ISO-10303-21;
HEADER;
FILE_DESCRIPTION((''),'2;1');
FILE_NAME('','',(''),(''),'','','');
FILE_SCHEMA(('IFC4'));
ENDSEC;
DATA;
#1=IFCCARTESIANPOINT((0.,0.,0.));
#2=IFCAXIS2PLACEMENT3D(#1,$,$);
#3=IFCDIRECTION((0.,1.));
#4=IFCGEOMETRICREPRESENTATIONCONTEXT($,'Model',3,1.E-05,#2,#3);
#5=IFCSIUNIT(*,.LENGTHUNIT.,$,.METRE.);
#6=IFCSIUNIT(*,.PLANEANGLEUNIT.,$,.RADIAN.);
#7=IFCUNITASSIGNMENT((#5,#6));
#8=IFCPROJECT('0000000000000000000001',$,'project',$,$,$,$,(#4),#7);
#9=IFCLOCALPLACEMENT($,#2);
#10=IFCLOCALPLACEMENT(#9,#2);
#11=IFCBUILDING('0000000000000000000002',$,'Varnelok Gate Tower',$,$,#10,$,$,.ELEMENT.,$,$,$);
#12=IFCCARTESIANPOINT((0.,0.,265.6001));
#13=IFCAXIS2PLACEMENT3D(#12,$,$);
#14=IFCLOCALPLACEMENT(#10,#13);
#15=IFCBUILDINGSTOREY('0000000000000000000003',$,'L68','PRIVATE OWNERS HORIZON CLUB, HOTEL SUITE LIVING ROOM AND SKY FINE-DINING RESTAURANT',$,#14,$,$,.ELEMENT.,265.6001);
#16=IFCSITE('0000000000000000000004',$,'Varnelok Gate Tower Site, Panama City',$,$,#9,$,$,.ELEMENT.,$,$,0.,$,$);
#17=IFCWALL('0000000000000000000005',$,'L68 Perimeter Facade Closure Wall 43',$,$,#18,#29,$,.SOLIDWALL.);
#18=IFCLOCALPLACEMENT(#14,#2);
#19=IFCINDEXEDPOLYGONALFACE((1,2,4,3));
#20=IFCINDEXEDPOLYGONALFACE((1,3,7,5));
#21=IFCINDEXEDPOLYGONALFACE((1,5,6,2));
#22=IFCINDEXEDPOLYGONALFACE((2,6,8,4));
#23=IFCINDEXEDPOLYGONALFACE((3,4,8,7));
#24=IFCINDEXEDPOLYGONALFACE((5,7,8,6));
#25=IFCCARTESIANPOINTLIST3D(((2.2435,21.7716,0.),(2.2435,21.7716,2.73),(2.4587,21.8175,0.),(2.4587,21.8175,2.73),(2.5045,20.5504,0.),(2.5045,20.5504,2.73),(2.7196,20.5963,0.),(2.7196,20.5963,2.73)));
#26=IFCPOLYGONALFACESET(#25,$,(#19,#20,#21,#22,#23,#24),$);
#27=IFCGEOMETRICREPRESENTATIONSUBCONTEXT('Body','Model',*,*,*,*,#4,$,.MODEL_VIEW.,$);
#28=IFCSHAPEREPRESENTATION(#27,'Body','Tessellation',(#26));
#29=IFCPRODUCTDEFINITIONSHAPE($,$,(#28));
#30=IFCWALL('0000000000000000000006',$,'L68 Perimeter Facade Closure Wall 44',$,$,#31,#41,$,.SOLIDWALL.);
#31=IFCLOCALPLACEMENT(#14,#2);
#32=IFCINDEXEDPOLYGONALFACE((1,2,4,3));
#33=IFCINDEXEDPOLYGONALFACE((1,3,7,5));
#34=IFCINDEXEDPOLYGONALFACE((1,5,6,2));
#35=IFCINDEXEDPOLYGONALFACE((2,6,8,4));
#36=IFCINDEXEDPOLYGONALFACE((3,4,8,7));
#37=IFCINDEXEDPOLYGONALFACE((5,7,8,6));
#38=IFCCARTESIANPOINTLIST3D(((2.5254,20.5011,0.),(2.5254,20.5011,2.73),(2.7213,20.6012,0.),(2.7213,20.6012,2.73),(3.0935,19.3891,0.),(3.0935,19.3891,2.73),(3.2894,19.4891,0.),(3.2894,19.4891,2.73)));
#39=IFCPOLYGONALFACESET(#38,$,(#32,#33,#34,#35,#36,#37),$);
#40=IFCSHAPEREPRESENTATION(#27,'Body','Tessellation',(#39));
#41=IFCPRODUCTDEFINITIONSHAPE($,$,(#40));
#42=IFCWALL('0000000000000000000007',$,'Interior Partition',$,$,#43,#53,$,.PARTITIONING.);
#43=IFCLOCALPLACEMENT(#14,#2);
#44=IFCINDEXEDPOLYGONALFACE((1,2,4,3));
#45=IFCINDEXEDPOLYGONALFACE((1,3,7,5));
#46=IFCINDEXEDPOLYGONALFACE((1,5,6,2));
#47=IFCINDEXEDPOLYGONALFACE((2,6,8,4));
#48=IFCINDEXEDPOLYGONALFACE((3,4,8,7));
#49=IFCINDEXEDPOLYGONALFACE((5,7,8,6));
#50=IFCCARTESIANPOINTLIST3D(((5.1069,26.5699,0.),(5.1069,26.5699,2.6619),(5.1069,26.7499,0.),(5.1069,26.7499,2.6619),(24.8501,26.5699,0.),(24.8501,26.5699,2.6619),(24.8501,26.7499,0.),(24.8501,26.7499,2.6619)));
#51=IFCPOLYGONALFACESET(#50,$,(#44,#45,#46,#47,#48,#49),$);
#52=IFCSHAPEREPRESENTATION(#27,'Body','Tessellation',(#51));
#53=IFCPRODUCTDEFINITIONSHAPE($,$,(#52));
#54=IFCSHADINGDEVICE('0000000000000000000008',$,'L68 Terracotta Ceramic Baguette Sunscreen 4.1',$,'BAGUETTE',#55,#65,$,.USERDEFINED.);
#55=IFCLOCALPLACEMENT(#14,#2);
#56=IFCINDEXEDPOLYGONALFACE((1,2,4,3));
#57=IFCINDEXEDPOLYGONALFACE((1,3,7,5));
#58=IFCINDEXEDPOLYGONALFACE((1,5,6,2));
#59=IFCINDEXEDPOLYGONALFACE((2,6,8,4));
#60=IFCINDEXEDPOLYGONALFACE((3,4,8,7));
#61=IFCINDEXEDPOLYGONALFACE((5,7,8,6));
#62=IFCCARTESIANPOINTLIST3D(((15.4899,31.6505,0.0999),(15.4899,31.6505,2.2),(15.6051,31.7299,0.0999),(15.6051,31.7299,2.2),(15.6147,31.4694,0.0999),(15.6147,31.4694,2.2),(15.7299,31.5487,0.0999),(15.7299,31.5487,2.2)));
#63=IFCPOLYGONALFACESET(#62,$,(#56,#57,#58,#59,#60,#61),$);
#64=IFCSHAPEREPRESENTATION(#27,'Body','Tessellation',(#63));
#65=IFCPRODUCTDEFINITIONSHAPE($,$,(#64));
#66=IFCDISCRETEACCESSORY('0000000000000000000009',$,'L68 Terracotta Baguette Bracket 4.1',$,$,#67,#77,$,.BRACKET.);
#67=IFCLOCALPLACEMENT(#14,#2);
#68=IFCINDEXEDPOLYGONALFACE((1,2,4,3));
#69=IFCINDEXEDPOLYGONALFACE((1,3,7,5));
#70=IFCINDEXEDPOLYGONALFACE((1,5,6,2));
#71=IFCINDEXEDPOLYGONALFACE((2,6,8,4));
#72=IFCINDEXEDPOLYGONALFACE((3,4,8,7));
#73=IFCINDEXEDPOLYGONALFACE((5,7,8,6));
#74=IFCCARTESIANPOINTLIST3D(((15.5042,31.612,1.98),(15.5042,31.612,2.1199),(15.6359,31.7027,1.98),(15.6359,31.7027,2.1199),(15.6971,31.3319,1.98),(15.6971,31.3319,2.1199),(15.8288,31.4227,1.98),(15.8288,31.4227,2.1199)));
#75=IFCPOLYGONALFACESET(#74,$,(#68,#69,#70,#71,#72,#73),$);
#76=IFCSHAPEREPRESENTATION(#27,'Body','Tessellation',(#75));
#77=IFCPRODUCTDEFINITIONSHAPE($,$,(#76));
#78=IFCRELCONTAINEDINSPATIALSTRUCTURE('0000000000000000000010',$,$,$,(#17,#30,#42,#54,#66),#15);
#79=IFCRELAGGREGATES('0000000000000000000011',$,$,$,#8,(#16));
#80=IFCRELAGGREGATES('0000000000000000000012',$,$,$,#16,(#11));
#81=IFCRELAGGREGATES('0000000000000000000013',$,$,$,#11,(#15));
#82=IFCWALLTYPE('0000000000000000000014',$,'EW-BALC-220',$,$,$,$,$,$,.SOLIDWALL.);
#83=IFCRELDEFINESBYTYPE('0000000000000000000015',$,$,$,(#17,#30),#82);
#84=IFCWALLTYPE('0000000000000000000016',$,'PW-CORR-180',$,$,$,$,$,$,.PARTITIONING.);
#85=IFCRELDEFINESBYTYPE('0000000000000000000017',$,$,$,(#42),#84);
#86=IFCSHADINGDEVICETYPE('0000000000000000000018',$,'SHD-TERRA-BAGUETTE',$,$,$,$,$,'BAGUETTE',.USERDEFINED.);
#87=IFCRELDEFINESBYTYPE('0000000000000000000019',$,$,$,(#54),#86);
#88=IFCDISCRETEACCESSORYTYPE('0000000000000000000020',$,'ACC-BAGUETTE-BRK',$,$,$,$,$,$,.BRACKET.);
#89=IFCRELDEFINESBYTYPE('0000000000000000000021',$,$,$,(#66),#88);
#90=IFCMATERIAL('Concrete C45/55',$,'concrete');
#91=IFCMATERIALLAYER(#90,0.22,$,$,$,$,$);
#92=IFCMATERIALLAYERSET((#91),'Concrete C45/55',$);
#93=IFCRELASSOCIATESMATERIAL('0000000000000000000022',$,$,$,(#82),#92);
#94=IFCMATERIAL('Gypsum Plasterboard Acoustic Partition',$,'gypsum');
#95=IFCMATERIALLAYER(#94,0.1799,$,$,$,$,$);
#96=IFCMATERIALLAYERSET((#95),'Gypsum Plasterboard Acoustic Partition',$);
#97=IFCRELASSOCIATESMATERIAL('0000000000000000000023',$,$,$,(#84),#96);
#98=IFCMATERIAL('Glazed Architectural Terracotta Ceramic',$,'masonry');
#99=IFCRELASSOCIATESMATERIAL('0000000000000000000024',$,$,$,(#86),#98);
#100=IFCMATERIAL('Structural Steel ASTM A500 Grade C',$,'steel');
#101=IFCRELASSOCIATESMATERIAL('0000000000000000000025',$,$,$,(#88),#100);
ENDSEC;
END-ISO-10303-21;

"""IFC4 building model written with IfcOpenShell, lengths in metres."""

from ifc_helpers import new_model, si_unit, direction, frame, frame_2d, origin, origin_2d, place, context, subcontext, project, spatial, rectangle, extrude, source, transform, mapped, material, layer, layer_set, type_object, element, save


model = new_model("IFC4")

# Units and contexts
model_context = context("Model", 3, precision=1e-05, world=origin(), true_north=direction((0.0, 1.0)))
body_context = subcontext(model_context, "Body", "Model", "MODEL_VIEW")
ifc_project = project(units=[si_unit("LENGTHUNIT", "METRE"), si_unit("PLANEANGLEUNIT", "RADIAN")], contexts=[model_context])

# Site, building, storey
site_placement = place(None, origin())
site = spatial("IfcSite", under=ifc_project, at=site_placement, Name="Varnelok Gate Tower Site, Panama City", CompositionType="ELEMENT", RefElevation=0.0)
building_placement = place(site_placement, origin())
building = spatial("IfcBuilding", under=site, at=building_placement, Name="Varnelok Gate Tower", CompositionType="ELEMENT")
storey_placement = place(building_placement, frame((0.0, 0.0, 265.6001)))
storey = spatial("IfcBuildingStorey", under=building, at=storey_placement, Name="L68", Description="PRIVATE OWNERS HORIZON CLUB, HOTEL SUITE LIVING ROOM AND SKY FINE-DINING RESTAURANT", CompositionType="ELEMENT", Elevation=265.6001)

# Shared definitions
ifc_material_1 = material(Name="Concrete C45/55", Category="concrete")
ifc_layer_1 = layer(ifc_material_1, 0.22)
ifc_layer_set_1 = layer_set([ifc_layer_1], Name="Concrete C45/55")
wall_type_1 = type_object("IfcWallType", Name="EW-BALC-220", PredefinedType="SOLIDWALL", material=ifc_layer_set_1)

# Walls
for number, where, z_axis, x_axis, name in (
    (1, (2.3511, 21.7947, 0.0), (0.0, 0.0, 1.0), (0.208995, -0.977917, 0.0), "L68 Perimeter Facade Closure Wall 43"),
    (2, (2.6233, 20.5513, 0.0), (0.0, 0.0, 1.0), (0.454939, -0.890523, 0.0), "L68 Perimeter Facade Closure Wall 44"),
):
    element("IfcWall", number, at=place(storey_placement, frame(where, z_axis=z_axis, x_axis=x_axis)), inside=storey, type_object=wall_type_1, Name=name, PredefinedType="SOLIDWALL", context=body_context, shape_type="SweptSolid", body=[
        extrude(rectangle(XDim=1.2488, YDim=0.22, at=frame_2d((0.6245, 0.0))), origin(), (0.0, 0.0, 1.0), 2.73),
    ])
ifc_material_2 = material(Name="Gypsum Plasterboard Acoustic Partition", Category="gypsum")
ifc_layer_2 = layer(ifc_material_2, 0.1799)
ifc_layer_set_2 = layer_set([ifc_layer_2], Name="Gypsum Plasterboard Acoustic Partition")
wall_type_2 = type_object("IfcWallType", Name="PW-CORR-180", PredefinedType="PARTITIONING", material=ifc_layer_set_2)
wall_1_placement = place(storey_placement, frame((5.1069, 26.6599, 0.0), z_axis=(0.0, 0.0, 1.0), x_axis=(1.0, 0.0, 0.0)))
element("IfcWall", 3, at=wall_1_placement, inside=storey, type_object=wall_type_2, Name="Interior Partition", PredefinedType="PARTITIONING", context=body_context, shape_type="SweptSolid", body=[
    extrude(rectangle(XDim=19.7432, YDim=0.1799, at=frame_2d((9.8716, 0.0))), origin(), (0.0, 0.0, 1.0), 2.6619),
])

# Shading device
ifc_material_3 = material(Name="Glazed Architectural Terracotta Ceramic", Category="masonry")
shading_device_type = type_object("IfcShadingDeviceType", Name="SHD-TERRA-BAGUETTE", ElementType="BAGUETTE", PredefinedType="USERDEFINED", material=ifc_material_3)
shared_shape_1 = source(origin(), body_context, "Body", "SweptSolid", [
    extrude(rectangle(XDim=0.1399, YDim=0.22, at=origin_2d()), origin(), (0.0, 0.0, 1.0), 2.1001),
])
shading_device_placement = place(storey_placement, frame((15.6099, 31.5996, 0.0999), z_axis=(0.0, 0.0, 1.0), x_axis=(0.823533, 0.567269, 0.0)))
element("IfcShadingDevice", 4, at=shading_device_placement, inside=storey, type_object=shading_device_type, Name="L68 Terracotta Ceramic Baguette Sunscreen 4.1", ObjectType="BAGUETTE", PredefinedType="USERDEFINED", context=body_context, shape_type="MappedRepresentation", body=[
    mapped(shared_shape_1, transform((0.0, 0.0, 0.0), scale=1.0)),
])

# Discrete accessory
ifc_material_4 = material(Name="Structural Steel ASTM A500 Grade C", Category="steel")
discrete_accessory_type = type_object("IfcDiscreteAccessoryType", Name="ACC-BAGUETTE-BRK", PredefinedType="BRACKET", material=ifc_material_4)
shared_shape_2 = source(origin(), body_context, "Body", "SweptSolid", [
    extrude(rectangle(XDim=0.1599, YDim=0.3401, at=origin_2d()), origin(), (0.0, 0.0, 1.0), 0.1399),
])
discrete_accessory_placement = place(storey_placement, frame((15.6665, 31.5173, 1.98), z_axis=(0.0, 0.0, 1.0), x_axis=(0.823533, 0.567269, 0.0)))
element("IfcDiscreteAccessory", 5, at=discrete_accessory_placement, inside=storey, type_object=discrete_accessory_type, Name="L68 Terracotta Baguette Bracket 4.1", PredefinedType="BRACKET", context=body_context, shape_type="MappedRepresentation", body=[
    mapped(shared_shape_2, transform((0.0, 0.0, 0.0), scale=1.0)),
])

save(model, "model.ifc")
